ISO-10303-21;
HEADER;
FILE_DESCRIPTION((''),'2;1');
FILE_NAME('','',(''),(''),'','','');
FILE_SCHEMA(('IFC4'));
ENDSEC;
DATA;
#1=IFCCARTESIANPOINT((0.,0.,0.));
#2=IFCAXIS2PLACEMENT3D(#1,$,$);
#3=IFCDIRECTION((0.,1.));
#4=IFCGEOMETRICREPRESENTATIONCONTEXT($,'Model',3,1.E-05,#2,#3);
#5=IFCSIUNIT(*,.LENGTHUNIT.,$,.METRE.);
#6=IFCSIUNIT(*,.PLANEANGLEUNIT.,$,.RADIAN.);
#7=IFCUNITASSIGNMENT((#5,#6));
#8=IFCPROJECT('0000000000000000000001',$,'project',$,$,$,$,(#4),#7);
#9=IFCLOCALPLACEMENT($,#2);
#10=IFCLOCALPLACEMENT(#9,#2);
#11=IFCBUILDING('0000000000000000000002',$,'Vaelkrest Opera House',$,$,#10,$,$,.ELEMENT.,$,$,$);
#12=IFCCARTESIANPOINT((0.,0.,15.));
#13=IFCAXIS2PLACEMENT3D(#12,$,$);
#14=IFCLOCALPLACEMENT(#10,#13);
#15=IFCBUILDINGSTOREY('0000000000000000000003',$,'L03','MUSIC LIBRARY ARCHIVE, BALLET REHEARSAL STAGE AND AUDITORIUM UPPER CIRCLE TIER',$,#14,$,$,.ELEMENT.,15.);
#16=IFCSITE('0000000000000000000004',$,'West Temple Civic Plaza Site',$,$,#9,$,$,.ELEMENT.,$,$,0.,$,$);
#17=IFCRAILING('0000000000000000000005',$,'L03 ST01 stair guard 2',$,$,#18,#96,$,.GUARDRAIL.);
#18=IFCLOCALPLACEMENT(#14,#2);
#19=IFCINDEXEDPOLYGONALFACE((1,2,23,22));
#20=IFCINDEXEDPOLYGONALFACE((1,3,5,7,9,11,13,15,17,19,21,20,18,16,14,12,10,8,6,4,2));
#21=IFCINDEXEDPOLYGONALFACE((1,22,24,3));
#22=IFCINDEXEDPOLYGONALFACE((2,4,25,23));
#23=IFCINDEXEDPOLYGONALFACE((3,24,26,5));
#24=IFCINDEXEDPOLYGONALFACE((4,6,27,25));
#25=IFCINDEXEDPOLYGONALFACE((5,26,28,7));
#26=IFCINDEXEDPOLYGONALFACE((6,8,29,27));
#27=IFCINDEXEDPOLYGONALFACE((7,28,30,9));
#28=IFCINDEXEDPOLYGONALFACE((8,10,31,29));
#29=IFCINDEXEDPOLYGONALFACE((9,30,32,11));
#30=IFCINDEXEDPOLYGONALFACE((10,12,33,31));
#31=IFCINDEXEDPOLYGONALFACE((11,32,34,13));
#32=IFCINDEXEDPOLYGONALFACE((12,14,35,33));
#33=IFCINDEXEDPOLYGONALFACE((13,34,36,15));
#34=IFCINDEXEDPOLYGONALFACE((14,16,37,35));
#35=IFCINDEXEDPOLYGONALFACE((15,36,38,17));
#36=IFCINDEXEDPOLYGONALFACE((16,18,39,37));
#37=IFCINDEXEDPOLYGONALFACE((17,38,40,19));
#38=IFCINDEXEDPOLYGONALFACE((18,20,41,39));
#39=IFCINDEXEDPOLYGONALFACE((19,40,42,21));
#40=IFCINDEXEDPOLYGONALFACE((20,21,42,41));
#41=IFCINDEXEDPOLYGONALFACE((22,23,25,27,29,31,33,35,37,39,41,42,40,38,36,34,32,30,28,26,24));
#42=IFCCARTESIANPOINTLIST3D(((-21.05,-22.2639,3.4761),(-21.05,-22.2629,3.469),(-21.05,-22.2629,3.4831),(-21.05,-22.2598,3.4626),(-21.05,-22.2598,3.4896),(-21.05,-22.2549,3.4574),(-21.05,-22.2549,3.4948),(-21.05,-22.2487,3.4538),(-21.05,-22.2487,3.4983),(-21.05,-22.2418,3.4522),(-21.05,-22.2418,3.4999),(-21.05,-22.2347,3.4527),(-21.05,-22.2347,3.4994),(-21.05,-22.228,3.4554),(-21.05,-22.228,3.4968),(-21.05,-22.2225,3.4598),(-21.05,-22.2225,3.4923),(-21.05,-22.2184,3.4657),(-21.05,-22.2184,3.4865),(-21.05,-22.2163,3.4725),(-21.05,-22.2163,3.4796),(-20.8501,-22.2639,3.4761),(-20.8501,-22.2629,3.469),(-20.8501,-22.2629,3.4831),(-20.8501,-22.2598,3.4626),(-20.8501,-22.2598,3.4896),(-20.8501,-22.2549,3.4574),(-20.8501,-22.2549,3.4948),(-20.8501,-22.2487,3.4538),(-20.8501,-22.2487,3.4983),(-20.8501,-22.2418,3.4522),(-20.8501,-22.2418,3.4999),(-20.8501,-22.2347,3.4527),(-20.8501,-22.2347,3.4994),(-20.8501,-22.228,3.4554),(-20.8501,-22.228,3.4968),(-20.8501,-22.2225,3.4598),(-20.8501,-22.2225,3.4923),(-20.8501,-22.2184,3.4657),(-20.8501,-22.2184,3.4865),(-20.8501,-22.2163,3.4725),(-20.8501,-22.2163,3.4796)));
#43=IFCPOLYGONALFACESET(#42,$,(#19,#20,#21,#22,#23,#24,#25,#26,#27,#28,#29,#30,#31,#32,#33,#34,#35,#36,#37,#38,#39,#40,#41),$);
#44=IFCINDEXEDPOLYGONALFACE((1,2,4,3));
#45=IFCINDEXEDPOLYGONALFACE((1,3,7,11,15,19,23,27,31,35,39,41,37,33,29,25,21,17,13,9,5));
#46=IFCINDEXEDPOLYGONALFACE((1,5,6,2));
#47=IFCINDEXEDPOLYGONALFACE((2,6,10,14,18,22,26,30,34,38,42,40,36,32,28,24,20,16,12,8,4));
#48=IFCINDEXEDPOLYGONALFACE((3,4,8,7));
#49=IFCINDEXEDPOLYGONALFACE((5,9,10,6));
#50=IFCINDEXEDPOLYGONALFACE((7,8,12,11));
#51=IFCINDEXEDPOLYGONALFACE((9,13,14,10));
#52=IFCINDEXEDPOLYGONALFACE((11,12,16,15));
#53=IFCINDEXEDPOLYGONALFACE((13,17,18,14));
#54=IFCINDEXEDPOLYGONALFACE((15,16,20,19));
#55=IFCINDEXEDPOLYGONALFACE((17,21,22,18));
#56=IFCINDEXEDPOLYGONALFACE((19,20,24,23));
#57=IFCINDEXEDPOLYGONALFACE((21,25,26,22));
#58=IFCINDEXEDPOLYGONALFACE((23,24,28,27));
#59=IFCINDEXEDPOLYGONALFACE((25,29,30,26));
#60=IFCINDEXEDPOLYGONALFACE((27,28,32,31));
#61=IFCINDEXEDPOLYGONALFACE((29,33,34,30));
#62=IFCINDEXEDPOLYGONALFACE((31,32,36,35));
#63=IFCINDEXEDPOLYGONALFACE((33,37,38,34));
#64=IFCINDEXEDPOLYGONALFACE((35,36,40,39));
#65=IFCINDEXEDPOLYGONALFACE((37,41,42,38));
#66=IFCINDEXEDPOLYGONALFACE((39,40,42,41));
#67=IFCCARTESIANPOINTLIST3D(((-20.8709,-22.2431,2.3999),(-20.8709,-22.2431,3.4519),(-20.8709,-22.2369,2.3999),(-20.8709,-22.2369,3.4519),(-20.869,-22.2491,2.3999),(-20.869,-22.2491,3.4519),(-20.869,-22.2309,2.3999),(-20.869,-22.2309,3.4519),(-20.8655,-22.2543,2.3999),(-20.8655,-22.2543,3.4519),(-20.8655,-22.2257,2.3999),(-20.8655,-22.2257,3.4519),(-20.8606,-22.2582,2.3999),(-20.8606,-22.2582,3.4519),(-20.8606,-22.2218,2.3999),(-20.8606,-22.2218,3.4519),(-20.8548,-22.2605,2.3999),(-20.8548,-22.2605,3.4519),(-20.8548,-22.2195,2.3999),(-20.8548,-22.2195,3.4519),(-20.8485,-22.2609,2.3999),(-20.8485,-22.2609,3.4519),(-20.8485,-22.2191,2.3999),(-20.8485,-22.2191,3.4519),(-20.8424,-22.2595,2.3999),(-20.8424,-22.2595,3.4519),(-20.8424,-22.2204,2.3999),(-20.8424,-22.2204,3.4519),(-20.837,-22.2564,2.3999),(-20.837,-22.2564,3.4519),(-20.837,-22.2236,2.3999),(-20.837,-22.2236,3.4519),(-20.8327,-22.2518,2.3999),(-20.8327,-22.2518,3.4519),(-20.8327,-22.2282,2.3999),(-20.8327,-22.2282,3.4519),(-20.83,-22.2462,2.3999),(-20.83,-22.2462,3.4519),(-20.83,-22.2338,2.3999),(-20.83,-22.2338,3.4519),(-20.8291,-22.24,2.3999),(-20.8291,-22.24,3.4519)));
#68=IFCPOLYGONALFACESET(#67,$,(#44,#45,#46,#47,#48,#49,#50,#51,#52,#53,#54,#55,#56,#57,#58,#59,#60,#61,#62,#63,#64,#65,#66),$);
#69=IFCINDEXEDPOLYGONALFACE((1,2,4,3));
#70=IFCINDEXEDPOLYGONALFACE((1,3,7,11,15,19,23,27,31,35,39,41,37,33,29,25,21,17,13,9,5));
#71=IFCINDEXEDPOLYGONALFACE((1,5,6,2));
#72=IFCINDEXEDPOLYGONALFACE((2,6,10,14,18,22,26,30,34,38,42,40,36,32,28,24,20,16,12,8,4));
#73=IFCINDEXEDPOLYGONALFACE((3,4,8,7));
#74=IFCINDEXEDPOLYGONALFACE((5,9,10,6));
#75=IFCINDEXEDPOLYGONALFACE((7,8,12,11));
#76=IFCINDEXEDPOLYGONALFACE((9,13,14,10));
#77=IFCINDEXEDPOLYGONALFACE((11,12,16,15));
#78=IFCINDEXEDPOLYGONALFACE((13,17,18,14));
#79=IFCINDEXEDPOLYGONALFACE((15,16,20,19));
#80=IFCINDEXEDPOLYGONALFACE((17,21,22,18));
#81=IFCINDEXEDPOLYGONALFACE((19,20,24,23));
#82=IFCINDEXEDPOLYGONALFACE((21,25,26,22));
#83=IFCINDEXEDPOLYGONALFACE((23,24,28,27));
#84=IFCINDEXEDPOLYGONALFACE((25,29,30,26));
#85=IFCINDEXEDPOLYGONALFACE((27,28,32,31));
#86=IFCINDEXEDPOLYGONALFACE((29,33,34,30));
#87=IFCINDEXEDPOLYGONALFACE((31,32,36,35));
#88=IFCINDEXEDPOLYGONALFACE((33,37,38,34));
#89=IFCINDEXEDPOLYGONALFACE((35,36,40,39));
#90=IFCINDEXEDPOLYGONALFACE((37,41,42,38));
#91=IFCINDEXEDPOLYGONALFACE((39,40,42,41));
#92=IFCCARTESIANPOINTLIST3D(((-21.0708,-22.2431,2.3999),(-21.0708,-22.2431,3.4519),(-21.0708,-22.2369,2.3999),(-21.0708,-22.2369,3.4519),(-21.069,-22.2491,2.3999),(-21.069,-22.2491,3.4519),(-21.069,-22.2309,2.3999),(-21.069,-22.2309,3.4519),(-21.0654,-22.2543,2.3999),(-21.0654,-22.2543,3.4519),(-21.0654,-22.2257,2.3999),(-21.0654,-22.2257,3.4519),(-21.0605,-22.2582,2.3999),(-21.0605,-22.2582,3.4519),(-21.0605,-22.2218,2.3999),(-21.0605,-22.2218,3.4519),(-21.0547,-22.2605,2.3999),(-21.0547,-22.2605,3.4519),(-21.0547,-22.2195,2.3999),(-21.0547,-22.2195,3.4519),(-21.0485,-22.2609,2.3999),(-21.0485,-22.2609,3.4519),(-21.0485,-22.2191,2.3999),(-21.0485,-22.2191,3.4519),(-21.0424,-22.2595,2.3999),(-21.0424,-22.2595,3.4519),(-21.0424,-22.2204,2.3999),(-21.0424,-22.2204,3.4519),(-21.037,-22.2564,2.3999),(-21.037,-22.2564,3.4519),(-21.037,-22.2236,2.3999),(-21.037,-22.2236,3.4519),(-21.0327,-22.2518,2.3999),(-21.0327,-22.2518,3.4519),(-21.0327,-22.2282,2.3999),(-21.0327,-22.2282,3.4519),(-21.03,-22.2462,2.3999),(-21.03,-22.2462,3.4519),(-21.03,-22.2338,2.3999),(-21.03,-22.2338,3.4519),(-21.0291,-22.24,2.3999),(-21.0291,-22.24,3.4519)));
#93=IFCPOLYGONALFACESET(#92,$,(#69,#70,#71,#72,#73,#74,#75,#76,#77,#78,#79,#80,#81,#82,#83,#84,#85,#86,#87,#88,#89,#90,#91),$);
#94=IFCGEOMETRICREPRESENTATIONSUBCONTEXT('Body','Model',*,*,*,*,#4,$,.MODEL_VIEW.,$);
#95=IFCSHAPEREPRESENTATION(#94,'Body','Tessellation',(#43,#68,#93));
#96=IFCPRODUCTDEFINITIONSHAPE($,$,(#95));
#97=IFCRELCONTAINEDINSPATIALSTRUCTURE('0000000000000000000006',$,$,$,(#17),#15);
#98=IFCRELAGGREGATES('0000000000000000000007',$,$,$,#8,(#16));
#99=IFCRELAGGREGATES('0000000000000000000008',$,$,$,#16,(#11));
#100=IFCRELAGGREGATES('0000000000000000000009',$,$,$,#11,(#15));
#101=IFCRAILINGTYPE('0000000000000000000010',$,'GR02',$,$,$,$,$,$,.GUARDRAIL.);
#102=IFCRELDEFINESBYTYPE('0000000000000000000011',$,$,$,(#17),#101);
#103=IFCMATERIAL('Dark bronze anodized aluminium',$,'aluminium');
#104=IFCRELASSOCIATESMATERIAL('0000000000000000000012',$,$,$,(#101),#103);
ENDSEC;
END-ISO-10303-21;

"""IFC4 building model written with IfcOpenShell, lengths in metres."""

from ifc_helpers import new_model, si_unit, direction, frame, origin, origin_2d, place, context, subcontext, project, spatial, circle, extrude, material, type_object, element, save


model = new_model("IFC4")

# Units and contexts
model_context = context("Model", 3, precision=1e-05, world=origin(), true_north=direction((0.0, 1.0)))
body_context = subcontext(model_context, "Body", "Model", "MODEL_VIEW")
ifc_project = project(units=[si_unit("LENGTHUNIT", "METRE"), si_unit("PLANEANGLEUNIT", "RADIAN")], contexts=[model_context])

# Site, building, storey
site_placement = place(None, origin())
site = spatial("IfcSite", under=ifc_project, at=site_placement, Name="West Temple Civic Plaza Site", CompositionType="ELEMENT", RefElevation=0.0)
building_placement = place(site_placement, origin())
building = spatial("IfcBuilding", under=site, at=building_placement, Name="Vaelkrest Opera House", CompositionType="ELEMENT")
storey_placement = place(building_placement, frame((0.0, 0.0, 15.0)))
storey = spatial("IfcBuildingStorey", under=building, at=storey_placement, Name="L03", Description="MUSIC LIBRARY ARCHIVE, BALLET REHEARSAL STAGE AND AUDITORIUM UPPER CIRCLE TIER", CompositionType="ELEMENT", Elevation=15.0)

# Shared definitions
ifc_material_1 = material(Name="Dark bronze anodized aluminium", Category="aluminium")

# Railing
railing_type_1 = type_object("IfcRailingType", Name="GR02", PredefinedType="GUARDRAIL", material=ifc_material_1)
railing_1_placement = place(storey_placement, frame((-20.8501, -22.24, 2.3999)))
element("IfcRailing", 1, at=railing_1_placement, inside=storey, type_object=railing_type_1, Name="L03 ST01 stair guard 2", PredefinedType="GUARDRAIL", context=body_context, shape_type="SweptSolid", body=[
    extrude(circle(Radius=0.0239, at=origin_2d()), frame((0.0, 0.0, 1.0762), z_axis=(-1.0, 0.0, 0.0), x_axis=(0.0, -1.0, 0.0)), (0.0, 0.0, 1.0), 0.2),
    extrude(circle(Radius=0.021, at=origin_2d()), origin(), (0.0, 0.0, 1.0), 1.052),
    extrude(circle(Radius=0.021, at=origin_2d()), frame((-0.2, 0.0, 0.0)), (0.0, 0.0, 1.0), 1.052),
])

save(model, "model.ifc")
